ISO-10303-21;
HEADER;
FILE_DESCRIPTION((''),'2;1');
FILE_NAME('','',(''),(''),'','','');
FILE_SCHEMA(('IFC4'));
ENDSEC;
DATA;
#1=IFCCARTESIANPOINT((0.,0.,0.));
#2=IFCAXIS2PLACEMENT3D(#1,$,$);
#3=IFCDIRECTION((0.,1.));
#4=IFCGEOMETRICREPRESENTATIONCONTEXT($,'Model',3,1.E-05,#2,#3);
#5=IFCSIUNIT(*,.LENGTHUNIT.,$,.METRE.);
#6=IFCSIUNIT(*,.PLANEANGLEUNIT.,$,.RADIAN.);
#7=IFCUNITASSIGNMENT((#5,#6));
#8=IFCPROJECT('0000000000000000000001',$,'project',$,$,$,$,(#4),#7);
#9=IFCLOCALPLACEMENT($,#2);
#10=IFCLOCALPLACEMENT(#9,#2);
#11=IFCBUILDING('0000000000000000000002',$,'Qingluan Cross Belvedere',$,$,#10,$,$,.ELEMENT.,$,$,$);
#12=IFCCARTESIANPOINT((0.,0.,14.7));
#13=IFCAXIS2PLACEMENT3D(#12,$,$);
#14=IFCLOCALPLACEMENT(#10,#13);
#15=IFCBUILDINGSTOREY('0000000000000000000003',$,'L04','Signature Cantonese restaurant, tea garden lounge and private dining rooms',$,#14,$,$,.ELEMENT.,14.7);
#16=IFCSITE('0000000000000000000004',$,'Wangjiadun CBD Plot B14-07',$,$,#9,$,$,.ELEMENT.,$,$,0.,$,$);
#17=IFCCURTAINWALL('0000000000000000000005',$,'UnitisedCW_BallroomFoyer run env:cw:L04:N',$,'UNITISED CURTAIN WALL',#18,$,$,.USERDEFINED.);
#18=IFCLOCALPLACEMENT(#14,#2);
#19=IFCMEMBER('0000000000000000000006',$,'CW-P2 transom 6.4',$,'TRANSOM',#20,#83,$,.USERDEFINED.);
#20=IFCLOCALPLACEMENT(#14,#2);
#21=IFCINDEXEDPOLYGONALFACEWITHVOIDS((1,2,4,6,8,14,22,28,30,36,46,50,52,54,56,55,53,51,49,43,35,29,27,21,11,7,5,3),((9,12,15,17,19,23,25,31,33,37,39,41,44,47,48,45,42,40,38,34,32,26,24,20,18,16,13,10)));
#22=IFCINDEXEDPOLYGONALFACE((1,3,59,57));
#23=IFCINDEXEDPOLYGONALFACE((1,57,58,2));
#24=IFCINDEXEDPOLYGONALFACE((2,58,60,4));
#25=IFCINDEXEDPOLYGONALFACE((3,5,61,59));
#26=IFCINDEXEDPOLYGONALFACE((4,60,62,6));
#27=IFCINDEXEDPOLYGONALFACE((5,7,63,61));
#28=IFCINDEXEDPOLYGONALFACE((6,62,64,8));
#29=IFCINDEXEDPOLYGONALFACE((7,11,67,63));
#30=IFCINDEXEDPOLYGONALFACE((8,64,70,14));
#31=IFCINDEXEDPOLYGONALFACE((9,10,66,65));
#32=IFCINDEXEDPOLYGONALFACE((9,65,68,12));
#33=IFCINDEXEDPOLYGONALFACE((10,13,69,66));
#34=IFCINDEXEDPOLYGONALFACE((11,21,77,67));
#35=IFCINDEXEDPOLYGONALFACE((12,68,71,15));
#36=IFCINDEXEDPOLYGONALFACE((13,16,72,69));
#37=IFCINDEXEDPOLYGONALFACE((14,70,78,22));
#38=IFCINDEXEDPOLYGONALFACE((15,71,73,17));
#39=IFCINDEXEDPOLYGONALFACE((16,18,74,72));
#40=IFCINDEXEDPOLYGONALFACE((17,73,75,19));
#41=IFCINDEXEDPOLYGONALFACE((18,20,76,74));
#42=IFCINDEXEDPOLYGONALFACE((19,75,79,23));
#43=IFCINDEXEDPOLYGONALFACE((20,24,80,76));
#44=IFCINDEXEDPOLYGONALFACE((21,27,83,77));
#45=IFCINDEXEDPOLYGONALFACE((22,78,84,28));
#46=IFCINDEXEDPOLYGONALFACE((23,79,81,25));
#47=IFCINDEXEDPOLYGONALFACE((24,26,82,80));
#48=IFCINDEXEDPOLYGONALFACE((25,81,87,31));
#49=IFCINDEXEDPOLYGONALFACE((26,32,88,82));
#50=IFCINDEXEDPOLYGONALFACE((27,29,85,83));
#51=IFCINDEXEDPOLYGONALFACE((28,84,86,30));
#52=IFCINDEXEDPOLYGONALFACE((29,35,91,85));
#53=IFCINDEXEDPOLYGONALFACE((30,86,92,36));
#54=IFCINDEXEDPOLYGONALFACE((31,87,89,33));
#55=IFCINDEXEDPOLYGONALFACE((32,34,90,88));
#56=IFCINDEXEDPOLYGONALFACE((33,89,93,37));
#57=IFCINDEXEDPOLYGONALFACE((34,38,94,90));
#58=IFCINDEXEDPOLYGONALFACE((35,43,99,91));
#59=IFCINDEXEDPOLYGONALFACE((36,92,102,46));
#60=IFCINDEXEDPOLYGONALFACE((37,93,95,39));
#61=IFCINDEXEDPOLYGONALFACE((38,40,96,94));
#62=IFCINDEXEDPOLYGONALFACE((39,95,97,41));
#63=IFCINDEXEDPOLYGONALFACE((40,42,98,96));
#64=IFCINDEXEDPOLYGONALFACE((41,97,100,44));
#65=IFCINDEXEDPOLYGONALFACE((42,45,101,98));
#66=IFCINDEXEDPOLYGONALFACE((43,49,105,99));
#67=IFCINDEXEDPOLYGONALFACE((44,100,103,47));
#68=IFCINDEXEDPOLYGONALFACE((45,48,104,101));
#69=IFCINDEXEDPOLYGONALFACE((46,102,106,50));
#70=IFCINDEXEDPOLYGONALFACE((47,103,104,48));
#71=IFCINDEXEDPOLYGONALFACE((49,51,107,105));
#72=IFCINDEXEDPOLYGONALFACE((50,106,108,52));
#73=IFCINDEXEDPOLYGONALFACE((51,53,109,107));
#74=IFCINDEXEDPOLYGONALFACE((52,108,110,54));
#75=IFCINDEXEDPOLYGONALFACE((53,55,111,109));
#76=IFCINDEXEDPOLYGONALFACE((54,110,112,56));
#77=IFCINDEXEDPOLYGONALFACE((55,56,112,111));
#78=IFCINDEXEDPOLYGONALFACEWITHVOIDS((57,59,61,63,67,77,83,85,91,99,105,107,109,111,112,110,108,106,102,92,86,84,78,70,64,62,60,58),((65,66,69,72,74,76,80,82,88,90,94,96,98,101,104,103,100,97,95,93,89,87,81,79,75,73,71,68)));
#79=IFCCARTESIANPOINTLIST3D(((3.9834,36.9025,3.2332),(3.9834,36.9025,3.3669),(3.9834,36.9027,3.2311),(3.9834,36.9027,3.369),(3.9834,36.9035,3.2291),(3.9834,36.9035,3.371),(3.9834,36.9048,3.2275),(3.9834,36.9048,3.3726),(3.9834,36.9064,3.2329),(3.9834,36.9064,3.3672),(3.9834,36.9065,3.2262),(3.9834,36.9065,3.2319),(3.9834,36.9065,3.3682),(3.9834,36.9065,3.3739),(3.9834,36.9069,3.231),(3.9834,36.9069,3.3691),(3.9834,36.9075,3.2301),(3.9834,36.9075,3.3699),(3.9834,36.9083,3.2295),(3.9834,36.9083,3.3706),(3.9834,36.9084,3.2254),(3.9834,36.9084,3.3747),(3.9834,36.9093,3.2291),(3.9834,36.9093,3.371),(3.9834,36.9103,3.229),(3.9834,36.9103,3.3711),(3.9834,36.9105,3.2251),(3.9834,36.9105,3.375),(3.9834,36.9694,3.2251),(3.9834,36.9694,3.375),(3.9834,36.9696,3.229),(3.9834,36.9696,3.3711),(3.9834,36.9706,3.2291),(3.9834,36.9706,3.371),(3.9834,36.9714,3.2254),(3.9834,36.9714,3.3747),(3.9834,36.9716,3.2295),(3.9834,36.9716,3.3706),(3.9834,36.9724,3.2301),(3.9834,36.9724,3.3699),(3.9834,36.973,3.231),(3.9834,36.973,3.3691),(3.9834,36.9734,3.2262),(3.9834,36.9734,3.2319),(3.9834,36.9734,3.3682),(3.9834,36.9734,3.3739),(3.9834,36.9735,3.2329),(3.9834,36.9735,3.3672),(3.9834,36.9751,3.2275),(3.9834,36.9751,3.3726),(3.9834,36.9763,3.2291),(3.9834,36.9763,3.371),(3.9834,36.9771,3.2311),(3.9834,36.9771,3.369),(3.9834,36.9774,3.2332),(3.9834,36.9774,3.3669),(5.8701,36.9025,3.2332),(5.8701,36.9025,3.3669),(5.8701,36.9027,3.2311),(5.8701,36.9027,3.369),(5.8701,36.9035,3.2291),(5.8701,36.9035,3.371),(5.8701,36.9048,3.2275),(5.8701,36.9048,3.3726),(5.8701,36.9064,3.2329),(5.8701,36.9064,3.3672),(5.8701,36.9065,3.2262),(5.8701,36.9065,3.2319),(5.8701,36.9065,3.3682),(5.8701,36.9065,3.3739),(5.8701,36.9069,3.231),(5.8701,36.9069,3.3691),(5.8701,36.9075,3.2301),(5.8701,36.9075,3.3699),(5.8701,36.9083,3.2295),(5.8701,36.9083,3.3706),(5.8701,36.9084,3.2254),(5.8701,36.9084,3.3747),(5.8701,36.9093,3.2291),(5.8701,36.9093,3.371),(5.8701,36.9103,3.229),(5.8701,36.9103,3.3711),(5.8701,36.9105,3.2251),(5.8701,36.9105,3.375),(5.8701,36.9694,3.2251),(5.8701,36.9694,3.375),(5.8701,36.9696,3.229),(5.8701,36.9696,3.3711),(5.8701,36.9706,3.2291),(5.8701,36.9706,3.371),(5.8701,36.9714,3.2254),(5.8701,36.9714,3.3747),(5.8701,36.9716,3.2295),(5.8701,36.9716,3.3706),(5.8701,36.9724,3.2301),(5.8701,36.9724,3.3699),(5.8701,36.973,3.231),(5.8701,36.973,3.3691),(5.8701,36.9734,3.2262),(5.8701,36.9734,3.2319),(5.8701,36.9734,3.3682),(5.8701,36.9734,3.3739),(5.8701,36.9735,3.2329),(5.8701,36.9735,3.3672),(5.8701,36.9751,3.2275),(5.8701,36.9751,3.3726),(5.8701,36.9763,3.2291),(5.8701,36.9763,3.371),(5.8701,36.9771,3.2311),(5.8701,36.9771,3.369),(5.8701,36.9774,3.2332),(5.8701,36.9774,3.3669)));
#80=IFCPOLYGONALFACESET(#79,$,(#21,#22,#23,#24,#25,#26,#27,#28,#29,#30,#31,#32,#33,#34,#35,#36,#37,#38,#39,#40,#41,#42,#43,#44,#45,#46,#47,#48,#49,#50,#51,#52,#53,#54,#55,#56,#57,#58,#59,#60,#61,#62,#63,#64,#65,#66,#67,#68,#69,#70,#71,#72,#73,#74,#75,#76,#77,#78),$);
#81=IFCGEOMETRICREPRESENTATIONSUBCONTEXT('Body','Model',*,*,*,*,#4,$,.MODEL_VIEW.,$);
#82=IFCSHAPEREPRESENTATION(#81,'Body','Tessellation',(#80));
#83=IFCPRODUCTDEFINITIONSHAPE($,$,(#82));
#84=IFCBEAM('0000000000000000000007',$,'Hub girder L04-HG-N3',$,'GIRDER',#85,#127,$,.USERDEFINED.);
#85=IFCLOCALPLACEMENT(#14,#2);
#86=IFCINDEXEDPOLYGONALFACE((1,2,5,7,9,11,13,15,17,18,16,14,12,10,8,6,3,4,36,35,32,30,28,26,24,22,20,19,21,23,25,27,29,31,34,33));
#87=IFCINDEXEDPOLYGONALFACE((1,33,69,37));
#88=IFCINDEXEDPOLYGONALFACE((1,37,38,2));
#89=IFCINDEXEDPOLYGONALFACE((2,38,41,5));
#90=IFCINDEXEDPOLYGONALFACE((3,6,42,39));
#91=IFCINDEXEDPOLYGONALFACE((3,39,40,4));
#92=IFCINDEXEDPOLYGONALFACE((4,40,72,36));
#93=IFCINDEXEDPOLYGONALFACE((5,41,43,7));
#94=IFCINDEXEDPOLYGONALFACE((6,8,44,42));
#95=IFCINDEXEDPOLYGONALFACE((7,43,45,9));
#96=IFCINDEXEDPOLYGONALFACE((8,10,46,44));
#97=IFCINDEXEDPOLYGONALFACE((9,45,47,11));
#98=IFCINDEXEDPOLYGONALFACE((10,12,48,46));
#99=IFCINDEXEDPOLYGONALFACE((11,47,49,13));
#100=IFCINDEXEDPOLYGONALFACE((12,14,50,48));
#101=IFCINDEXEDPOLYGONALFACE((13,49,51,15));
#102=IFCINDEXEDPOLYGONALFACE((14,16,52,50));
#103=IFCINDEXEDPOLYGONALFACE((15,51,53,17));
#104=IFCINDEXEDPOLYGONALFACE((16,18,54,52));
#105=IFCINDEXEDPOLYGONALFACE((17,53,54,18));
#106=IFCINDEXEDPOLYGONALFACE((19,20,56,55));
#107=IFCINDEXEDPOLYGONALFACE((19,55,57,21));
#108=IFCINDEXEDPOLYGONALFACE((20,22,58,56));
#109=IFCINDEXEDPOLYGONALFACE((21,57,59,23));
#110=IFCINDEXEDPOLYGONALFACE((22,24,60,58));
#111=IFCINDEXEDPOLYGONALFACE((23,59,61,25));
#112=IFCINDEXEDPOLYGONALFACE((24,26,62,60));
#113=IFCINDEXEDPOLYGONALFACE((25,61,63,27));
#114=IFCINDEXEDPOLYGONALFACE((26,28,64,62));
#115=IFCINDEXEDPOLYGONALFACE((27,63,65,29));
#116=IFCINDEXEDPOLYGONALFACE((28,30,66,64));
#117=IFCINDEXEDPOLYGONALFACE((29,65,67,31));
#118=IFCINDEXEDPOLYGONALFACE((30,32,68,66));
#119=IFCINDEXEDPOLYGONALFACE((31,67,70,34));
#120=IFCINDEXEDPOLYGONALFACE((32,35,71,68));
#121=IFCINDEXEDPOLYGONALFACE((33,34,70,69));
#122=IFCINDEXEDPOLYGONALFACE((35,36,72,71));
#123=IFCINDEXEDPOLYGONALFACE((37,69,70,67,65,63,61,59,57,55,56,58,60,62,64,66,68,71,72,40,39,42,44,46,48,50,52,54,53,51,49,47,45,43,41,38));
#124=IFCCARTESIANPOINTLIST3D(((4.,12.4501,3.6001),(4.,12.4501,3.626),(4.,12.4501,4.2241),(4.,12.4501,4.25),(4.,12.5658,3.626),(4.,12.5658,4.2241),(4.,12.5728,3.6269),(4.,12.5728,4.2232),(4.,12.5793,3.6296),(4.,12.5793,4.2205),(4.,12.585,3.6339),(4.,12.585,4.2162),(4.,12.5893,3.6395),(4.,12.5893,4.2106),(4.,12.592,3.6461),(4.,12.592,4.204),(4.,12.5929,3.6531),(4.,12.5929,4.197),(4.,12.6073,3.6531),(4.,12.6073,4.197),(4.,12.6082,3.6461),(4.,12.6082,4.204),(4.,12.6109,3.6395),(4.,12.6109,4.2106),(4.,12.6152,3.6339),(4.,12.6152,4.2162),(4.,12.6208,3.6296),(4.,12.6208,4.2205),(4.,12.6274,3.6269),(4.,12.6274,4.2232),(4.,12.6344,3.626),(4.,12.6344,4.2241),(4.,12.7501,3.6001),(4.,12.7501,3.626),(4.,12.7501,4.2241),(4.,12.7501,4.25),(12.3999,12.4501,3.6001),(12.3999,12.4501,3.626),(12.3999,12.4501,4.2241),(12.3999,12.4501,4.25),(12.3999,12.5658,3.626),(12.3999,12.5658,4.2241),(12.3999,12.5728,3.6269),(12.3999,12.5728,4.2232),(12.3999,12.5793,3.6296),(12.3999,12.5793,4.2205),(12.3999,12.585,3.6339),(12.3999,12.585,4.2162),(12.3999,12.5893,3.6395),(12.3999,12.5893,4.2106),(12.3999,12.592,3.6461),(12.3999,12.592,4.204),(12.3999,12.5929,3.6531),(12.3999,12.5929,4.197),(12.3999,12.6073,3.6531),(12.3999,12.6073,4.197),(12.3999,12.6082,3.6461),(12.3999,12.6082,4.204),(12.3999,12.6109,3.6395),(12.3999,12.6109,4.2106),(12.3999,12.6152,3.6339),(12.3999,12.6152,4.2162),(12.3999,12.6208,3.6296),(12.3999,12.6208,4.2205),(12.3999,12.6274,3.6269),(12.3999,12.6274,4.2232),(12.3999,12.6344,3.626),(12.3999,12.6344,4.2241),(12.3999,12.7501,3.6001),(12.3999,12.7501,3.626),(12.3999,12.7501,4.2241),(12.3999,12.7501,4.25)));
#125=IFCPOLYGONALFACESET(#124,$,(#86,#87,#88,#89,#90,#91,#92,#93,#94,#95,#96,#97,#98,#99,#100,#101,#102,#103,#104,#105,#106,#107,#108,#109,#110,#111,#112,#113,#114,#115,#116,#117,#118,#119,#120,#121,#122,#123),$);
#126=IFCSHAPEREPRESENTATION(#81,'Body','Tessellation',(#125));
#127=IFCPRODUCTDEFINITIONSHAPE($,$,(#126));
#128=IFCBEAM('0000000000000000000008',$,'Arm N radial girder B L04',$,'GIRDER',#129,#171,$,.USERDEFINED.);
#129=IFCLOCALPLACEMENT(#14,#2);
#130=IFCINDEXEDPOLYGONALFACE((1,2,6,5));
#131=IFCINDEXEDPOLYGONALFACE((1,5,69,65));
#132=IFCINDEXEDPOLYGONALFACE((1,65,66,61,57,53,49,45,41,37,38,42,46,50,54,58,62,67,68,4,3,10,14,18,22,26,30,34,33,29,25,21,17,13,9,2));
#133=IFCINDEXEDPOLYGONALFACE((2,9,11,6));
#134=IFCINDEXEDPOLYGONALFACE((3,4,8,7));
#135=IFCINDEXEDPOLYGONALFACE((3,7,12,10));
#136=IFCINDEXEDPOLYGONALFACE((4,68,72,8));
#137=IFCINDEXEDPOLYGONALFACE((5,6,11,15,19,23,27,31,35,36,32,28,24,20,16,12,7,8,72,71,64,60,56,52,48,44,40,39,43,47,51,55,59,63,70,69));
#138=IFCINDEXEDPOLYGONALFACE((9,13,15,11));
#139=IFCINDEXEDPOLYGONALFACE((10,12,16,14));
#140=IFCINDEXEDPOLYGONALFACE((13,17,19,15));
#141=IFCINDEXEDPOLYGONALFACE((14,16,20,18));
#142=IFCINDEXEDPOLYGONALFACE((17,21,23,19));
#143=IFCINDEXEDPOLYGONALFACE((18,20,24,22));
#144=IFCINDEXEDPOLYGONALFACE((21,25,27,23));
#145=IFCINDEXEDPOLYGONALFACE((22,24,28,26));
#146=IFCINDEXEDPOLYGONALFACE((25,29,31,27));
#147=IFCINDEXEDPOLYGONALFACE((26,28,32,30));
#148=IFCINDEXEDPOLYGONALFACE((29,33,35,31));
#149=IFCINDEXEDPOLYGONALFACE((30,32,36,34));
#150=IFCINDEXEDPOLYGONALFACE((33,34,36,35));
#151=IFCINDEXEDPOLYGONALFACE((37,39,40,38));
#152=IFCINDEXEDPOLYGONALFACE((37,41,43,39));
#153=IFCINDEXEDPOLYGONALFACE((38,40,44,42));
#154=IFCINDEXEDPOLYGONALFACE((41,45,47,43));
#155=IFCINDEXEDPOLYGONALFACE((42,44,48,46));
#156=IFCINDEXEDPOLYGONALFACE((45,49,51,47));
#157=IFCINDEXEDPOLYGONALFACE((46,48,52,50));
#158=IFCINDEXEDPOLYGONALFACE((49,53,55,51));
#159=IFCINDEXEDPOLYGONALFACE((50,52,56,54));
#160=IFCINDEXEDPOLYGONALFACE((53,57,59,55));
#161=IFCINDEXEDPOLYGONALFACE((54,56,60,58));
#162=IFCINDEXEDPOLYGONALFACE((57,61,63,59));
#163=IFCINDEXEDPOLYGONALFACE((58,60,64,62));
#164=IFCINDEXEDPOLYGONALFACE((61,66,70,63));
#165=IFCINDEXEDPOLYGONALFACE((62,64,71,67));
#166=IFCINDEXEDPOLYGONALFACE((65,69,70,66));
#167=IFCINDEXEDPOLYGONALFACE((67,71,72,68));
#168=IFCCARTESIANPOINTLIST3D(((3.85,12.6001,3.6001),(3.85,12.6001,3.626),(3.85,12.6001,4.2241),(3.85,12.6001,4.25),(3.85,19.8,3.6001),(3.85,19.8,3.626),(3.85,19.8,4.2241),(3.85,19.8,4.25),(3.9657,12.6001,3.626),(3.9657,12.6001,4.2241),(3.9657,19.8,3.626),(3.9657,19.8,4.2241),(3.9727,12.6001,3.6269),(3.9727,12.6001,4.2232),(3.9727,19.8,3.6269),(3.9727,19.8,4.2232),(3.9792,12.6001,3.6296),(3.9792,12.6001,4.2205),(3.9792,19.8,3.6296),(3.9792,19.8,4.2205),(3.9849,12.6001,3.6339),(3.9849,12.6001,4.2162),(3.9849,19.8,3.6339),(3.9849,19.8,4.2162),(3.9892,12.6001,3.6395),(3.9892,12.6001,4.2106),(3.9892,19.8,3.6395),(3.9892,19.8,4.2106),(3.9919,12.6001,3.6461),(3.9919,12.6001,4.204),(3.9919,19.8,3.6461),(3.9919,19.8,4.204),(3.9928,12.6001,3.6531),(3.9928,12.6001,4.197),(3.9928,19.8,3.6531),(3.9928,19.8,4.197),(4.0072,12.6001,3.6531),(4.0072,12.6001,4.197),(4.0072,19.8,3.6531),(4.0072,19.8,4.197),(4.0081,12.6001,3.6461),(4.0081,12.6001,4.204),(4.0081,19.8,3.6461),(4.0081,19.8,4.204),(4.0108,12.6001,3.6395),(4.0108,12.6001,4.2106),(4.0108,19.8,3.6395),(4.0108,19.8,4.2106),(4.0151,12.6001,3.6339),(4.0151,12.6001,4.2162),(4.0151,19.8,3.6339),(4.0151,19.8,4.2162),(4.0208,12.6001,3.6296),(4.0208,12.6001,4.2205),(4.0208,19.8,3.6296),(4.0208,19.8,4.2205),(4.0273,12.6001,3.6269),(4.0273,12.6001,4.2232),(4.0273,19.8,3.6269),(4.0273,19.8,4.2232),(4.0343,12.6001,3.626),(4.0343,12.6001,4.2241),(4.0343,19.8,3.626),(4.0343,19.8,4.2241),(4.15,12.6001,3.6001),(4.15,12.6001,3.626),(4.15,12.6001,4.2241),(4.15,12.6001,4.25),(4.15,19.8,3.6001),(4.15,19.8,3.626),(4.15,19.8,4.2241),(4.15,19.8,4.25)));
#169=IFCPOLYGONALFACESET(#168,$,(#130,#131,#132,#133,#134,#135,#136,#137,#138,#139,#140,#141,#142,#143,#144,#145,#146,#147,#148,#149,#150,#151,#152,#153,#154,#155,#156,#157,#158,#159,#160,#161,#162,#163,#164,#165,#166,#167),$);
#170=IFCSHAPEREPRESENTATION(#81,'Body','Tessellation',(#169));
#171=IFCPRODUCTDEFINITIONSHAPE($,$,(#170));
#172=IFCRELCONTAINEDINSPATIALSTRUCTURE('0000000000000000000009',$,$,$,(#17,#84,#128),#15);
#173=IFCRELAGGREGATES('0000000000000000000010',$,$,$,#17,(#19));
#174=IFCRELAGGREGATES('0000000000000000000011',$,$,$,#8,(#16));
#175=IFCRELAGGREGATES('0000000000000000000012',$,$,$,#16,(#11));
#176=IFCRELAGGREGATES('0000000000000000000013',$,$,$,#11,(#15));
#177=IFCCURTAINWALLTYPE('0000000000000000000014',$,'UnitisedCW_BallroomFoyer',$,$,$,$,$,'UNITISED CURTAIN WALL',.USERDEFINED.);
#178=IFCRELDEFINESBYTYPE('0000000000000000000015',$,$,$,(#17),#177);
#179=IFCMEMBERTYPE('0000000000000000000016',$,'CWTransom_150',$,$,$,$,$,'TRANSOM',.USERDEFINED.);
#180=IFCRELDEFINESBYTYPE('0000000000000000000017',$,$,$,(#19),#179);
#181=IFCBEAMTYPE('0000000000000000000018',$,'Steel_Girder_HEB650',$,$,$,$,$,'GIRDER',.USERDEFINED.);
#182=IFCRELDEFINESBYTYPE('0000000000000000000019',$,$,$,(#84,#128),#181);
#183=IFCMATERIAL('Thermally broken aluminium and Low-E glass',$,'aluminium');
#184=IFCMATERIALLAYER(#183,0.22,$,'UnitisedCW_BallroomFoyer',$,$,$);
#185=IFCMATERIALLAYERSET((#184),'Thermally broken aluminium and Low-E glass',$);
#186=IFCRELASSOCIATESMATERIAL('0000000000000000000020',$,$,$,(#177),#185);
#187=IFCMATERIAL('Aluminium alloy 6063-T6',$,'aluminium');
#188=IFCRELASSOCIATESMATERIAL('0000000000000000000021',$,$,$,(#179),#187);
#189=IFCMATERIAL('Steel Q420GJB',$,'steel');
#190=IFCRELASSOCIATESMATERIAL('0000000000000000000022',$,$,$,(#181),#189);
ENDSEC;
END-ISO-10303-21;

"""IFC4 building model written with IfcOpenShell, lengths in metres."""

from ifc_helpers import new_model, si_unit, direction, frame, origin, origin_2d, place, context, subcontext, project, spatial, hollow_rectangle, i_section, extrude, material, layer, layer_set, material_profile, profile_set, type_object, element, aggregate, save


model = new_model("IFC4")

# Units and contexts
model_context = context("Model", 3, precision=1e-05, world=origin(), true_north=direction((0.0, 1.0)))
body_context = subcontext(model_context, "Body", "Model", "MODEL_VIEW")
ifc_project = project(units=[si_unit("LENGTHUNIT", "METRE"), si_unit("PLANEANGLEUNIT", "RADIAN")], contexts=[model_context])

# Site, building, storey
site_placement = place(None, origin())
site = spatial("IfcSite", under=ifc_project, at=site_placement, Name="Wangjiadun CBD Plot B14-07", CompositionType="ELEMENT", RefElevation=0.0)
building_placement = place(site_placement, origin())
building = spatial("IfcBuilding", under=site, at=building_placement, Name="Qingluan Cross Belvedere", CompositionType="ELEMENT")
storey_placement = place(building_placement, frame((0.0, 0.0, 14.7)))
storey = spatial("IfcBuildingStorey", under=building, at=storey_placement, Name="L04", Description="Signature Cantonese restaurant, tea garden lounge and private dining rooms", CompositionType="ELEMENT", Elevation=14.7)

# Curtain wall, member
ifc_material_1 = material(Name="Thermally broken aluminium and Low-E glass", Category="aluminium")
ifc_layer_1 = layer(ifc_material_1, 0.22, Name="UnitisedCW_BallroomFoyer")
ifc_layer_set_1 = layer_set([ifc_layer_1], Name="Thermally broken aluminium and Low-E glass")
curtain_wall_type = type_object("IfcCurtainWallType", Name="UnitisedCW_BallroomFoyer", ElementType="UNITISED CURTAIN WALL", PredefinedType="USERDEFINED", material=ifc_layer_set_1)
curtain_wall_placement = place(storey_placement, origin())
curtain_wall = element("IfcCurtainWall", 1, at=curtain_wall_placement, inside=storey, type_object=curtain_wall_type, Name="UnitisedCW_BallroomFoyer run env:cw:L04:N", ObjectType="UNITISED CURTAIN WALL", PredefinedType="USERDEFINED")
ifc_material_2 = material(Name="Aluminium alloy 6063-T6", Category="aluminium")
ifc_material_profile_1 = material_profile(ifc_material_2, hollow_rectangle(XDim=0.075, YDim=0.1499, WallThickness=0.0039, InnerFilletRadius=0.0039, OuterFilletRadius=0.0081, at=origin_2d()), Name="CWT150x75x4")
ifc_profile_set_1 = profile_set([ifc_material_profile_1], Name="Aluminium alloy 6063-T6")
member_type_1 = type_object("IfcMemberType", Name="CWTransom_150", ElementType="TRANSOM", PredefinedType="USERDEFINED", material=ifc_profile_set_1)
member_1_placement = place(storey_placement, frame((3.9834, 36.9399, 3.3), z_axis=(1.0, 0.0, 0.0), x_axis=(0.0, 1.0, 0.0)))
member_1 = element("IfcMember", 2, at=member_1_placement, type_object=member_type_1, Name="CW-P2 transom 6.4", ObjectType="TRANSOM", PredefinedType="USERDEFINED", context=body_context, shape_type="SweptSolid", body=[
    extrude(hollow_rectangle(XDim=0.075, YDim=0.1499, WallThickness=0.0039, InnerFilletRadius=0.0039, OuterFilletRadius=0.0081, at=origin_2d()), origin(), (0.0, 0.0, 1.0), 1.8867),
])

# Beams
ifc_material_3 = material(Name="Steel Q420GJB", Category="steel")
ifc_material_profile_2 = material_profile(ifc_material_3, i_section(OverallWidth=0.3, OverallDepth=0.6499, WebThickness=0.0144, FlangeThickness=0.0259, FilletRadius=0.0271, at=origin_2d()), Name="HEB650")
ifc_profile_set_2 = profile_set([ifc_material_profile_2], Name="Steel Q420GJB")
beam_type = type_object("IfcBeamType", Name="Steel_Girder_HEB650", ElementType="GIRDER", PredefinedType="USERDEFINED", material=ifc_profile_set_2)
beam_1_placement = place(storey_placement, frame((4.0, 12.6001, 3.925), z_axis=(1.0, 0.0, 0.0), x_axis=(0.0, 1.0, 0.0)))
element("IfcBeam", 3, at=beam_1_placement, inside=storey, type_object=beam_type, Name="Hub girder L04-HG-N3", ObjectType="GIRDER", PredefinedType="USERDEFINED", context=body_context, shape_type="SweptSolid", body=[
    extrude(i_section(OverallWidth=0.3, OverallDepth=0.6499, WebThickness=0.0144, FlangeThickness=0.0259, FilletRadius=0.0271, at=origin_2d()), origin(), (0.0, 0.0, 1.0), 8.3999),
])
beam_2_placement = place(storey_placement, frame((4.0, 12.6001, 3.925), z_axis=(0.0, 1.0, 0.0), x_axis=(-1.0, 0.0, 0.0)))
element("IfcBeam", 4, at=beam_2_placement, inside=storey, type_object=beam_type, Name="Arm N radial girder B L04", ObjectType="GIRDER", PredefinedType="USERDEFINED", context=body_context, shape_type="SweptSolid", body=[
    extrude(i_section(OverallWidth=0.3, OverallDepth=0.6499, WebThickness=0.0144, FlangeThickness=0.0259, FilletRadius=0.0271, at=origin_2d()), origin(), (0.0, 0.0, 1.0), 7.2),
])

aggregate(curtain_wall, [member_1])

save(model, "model.ifc")
